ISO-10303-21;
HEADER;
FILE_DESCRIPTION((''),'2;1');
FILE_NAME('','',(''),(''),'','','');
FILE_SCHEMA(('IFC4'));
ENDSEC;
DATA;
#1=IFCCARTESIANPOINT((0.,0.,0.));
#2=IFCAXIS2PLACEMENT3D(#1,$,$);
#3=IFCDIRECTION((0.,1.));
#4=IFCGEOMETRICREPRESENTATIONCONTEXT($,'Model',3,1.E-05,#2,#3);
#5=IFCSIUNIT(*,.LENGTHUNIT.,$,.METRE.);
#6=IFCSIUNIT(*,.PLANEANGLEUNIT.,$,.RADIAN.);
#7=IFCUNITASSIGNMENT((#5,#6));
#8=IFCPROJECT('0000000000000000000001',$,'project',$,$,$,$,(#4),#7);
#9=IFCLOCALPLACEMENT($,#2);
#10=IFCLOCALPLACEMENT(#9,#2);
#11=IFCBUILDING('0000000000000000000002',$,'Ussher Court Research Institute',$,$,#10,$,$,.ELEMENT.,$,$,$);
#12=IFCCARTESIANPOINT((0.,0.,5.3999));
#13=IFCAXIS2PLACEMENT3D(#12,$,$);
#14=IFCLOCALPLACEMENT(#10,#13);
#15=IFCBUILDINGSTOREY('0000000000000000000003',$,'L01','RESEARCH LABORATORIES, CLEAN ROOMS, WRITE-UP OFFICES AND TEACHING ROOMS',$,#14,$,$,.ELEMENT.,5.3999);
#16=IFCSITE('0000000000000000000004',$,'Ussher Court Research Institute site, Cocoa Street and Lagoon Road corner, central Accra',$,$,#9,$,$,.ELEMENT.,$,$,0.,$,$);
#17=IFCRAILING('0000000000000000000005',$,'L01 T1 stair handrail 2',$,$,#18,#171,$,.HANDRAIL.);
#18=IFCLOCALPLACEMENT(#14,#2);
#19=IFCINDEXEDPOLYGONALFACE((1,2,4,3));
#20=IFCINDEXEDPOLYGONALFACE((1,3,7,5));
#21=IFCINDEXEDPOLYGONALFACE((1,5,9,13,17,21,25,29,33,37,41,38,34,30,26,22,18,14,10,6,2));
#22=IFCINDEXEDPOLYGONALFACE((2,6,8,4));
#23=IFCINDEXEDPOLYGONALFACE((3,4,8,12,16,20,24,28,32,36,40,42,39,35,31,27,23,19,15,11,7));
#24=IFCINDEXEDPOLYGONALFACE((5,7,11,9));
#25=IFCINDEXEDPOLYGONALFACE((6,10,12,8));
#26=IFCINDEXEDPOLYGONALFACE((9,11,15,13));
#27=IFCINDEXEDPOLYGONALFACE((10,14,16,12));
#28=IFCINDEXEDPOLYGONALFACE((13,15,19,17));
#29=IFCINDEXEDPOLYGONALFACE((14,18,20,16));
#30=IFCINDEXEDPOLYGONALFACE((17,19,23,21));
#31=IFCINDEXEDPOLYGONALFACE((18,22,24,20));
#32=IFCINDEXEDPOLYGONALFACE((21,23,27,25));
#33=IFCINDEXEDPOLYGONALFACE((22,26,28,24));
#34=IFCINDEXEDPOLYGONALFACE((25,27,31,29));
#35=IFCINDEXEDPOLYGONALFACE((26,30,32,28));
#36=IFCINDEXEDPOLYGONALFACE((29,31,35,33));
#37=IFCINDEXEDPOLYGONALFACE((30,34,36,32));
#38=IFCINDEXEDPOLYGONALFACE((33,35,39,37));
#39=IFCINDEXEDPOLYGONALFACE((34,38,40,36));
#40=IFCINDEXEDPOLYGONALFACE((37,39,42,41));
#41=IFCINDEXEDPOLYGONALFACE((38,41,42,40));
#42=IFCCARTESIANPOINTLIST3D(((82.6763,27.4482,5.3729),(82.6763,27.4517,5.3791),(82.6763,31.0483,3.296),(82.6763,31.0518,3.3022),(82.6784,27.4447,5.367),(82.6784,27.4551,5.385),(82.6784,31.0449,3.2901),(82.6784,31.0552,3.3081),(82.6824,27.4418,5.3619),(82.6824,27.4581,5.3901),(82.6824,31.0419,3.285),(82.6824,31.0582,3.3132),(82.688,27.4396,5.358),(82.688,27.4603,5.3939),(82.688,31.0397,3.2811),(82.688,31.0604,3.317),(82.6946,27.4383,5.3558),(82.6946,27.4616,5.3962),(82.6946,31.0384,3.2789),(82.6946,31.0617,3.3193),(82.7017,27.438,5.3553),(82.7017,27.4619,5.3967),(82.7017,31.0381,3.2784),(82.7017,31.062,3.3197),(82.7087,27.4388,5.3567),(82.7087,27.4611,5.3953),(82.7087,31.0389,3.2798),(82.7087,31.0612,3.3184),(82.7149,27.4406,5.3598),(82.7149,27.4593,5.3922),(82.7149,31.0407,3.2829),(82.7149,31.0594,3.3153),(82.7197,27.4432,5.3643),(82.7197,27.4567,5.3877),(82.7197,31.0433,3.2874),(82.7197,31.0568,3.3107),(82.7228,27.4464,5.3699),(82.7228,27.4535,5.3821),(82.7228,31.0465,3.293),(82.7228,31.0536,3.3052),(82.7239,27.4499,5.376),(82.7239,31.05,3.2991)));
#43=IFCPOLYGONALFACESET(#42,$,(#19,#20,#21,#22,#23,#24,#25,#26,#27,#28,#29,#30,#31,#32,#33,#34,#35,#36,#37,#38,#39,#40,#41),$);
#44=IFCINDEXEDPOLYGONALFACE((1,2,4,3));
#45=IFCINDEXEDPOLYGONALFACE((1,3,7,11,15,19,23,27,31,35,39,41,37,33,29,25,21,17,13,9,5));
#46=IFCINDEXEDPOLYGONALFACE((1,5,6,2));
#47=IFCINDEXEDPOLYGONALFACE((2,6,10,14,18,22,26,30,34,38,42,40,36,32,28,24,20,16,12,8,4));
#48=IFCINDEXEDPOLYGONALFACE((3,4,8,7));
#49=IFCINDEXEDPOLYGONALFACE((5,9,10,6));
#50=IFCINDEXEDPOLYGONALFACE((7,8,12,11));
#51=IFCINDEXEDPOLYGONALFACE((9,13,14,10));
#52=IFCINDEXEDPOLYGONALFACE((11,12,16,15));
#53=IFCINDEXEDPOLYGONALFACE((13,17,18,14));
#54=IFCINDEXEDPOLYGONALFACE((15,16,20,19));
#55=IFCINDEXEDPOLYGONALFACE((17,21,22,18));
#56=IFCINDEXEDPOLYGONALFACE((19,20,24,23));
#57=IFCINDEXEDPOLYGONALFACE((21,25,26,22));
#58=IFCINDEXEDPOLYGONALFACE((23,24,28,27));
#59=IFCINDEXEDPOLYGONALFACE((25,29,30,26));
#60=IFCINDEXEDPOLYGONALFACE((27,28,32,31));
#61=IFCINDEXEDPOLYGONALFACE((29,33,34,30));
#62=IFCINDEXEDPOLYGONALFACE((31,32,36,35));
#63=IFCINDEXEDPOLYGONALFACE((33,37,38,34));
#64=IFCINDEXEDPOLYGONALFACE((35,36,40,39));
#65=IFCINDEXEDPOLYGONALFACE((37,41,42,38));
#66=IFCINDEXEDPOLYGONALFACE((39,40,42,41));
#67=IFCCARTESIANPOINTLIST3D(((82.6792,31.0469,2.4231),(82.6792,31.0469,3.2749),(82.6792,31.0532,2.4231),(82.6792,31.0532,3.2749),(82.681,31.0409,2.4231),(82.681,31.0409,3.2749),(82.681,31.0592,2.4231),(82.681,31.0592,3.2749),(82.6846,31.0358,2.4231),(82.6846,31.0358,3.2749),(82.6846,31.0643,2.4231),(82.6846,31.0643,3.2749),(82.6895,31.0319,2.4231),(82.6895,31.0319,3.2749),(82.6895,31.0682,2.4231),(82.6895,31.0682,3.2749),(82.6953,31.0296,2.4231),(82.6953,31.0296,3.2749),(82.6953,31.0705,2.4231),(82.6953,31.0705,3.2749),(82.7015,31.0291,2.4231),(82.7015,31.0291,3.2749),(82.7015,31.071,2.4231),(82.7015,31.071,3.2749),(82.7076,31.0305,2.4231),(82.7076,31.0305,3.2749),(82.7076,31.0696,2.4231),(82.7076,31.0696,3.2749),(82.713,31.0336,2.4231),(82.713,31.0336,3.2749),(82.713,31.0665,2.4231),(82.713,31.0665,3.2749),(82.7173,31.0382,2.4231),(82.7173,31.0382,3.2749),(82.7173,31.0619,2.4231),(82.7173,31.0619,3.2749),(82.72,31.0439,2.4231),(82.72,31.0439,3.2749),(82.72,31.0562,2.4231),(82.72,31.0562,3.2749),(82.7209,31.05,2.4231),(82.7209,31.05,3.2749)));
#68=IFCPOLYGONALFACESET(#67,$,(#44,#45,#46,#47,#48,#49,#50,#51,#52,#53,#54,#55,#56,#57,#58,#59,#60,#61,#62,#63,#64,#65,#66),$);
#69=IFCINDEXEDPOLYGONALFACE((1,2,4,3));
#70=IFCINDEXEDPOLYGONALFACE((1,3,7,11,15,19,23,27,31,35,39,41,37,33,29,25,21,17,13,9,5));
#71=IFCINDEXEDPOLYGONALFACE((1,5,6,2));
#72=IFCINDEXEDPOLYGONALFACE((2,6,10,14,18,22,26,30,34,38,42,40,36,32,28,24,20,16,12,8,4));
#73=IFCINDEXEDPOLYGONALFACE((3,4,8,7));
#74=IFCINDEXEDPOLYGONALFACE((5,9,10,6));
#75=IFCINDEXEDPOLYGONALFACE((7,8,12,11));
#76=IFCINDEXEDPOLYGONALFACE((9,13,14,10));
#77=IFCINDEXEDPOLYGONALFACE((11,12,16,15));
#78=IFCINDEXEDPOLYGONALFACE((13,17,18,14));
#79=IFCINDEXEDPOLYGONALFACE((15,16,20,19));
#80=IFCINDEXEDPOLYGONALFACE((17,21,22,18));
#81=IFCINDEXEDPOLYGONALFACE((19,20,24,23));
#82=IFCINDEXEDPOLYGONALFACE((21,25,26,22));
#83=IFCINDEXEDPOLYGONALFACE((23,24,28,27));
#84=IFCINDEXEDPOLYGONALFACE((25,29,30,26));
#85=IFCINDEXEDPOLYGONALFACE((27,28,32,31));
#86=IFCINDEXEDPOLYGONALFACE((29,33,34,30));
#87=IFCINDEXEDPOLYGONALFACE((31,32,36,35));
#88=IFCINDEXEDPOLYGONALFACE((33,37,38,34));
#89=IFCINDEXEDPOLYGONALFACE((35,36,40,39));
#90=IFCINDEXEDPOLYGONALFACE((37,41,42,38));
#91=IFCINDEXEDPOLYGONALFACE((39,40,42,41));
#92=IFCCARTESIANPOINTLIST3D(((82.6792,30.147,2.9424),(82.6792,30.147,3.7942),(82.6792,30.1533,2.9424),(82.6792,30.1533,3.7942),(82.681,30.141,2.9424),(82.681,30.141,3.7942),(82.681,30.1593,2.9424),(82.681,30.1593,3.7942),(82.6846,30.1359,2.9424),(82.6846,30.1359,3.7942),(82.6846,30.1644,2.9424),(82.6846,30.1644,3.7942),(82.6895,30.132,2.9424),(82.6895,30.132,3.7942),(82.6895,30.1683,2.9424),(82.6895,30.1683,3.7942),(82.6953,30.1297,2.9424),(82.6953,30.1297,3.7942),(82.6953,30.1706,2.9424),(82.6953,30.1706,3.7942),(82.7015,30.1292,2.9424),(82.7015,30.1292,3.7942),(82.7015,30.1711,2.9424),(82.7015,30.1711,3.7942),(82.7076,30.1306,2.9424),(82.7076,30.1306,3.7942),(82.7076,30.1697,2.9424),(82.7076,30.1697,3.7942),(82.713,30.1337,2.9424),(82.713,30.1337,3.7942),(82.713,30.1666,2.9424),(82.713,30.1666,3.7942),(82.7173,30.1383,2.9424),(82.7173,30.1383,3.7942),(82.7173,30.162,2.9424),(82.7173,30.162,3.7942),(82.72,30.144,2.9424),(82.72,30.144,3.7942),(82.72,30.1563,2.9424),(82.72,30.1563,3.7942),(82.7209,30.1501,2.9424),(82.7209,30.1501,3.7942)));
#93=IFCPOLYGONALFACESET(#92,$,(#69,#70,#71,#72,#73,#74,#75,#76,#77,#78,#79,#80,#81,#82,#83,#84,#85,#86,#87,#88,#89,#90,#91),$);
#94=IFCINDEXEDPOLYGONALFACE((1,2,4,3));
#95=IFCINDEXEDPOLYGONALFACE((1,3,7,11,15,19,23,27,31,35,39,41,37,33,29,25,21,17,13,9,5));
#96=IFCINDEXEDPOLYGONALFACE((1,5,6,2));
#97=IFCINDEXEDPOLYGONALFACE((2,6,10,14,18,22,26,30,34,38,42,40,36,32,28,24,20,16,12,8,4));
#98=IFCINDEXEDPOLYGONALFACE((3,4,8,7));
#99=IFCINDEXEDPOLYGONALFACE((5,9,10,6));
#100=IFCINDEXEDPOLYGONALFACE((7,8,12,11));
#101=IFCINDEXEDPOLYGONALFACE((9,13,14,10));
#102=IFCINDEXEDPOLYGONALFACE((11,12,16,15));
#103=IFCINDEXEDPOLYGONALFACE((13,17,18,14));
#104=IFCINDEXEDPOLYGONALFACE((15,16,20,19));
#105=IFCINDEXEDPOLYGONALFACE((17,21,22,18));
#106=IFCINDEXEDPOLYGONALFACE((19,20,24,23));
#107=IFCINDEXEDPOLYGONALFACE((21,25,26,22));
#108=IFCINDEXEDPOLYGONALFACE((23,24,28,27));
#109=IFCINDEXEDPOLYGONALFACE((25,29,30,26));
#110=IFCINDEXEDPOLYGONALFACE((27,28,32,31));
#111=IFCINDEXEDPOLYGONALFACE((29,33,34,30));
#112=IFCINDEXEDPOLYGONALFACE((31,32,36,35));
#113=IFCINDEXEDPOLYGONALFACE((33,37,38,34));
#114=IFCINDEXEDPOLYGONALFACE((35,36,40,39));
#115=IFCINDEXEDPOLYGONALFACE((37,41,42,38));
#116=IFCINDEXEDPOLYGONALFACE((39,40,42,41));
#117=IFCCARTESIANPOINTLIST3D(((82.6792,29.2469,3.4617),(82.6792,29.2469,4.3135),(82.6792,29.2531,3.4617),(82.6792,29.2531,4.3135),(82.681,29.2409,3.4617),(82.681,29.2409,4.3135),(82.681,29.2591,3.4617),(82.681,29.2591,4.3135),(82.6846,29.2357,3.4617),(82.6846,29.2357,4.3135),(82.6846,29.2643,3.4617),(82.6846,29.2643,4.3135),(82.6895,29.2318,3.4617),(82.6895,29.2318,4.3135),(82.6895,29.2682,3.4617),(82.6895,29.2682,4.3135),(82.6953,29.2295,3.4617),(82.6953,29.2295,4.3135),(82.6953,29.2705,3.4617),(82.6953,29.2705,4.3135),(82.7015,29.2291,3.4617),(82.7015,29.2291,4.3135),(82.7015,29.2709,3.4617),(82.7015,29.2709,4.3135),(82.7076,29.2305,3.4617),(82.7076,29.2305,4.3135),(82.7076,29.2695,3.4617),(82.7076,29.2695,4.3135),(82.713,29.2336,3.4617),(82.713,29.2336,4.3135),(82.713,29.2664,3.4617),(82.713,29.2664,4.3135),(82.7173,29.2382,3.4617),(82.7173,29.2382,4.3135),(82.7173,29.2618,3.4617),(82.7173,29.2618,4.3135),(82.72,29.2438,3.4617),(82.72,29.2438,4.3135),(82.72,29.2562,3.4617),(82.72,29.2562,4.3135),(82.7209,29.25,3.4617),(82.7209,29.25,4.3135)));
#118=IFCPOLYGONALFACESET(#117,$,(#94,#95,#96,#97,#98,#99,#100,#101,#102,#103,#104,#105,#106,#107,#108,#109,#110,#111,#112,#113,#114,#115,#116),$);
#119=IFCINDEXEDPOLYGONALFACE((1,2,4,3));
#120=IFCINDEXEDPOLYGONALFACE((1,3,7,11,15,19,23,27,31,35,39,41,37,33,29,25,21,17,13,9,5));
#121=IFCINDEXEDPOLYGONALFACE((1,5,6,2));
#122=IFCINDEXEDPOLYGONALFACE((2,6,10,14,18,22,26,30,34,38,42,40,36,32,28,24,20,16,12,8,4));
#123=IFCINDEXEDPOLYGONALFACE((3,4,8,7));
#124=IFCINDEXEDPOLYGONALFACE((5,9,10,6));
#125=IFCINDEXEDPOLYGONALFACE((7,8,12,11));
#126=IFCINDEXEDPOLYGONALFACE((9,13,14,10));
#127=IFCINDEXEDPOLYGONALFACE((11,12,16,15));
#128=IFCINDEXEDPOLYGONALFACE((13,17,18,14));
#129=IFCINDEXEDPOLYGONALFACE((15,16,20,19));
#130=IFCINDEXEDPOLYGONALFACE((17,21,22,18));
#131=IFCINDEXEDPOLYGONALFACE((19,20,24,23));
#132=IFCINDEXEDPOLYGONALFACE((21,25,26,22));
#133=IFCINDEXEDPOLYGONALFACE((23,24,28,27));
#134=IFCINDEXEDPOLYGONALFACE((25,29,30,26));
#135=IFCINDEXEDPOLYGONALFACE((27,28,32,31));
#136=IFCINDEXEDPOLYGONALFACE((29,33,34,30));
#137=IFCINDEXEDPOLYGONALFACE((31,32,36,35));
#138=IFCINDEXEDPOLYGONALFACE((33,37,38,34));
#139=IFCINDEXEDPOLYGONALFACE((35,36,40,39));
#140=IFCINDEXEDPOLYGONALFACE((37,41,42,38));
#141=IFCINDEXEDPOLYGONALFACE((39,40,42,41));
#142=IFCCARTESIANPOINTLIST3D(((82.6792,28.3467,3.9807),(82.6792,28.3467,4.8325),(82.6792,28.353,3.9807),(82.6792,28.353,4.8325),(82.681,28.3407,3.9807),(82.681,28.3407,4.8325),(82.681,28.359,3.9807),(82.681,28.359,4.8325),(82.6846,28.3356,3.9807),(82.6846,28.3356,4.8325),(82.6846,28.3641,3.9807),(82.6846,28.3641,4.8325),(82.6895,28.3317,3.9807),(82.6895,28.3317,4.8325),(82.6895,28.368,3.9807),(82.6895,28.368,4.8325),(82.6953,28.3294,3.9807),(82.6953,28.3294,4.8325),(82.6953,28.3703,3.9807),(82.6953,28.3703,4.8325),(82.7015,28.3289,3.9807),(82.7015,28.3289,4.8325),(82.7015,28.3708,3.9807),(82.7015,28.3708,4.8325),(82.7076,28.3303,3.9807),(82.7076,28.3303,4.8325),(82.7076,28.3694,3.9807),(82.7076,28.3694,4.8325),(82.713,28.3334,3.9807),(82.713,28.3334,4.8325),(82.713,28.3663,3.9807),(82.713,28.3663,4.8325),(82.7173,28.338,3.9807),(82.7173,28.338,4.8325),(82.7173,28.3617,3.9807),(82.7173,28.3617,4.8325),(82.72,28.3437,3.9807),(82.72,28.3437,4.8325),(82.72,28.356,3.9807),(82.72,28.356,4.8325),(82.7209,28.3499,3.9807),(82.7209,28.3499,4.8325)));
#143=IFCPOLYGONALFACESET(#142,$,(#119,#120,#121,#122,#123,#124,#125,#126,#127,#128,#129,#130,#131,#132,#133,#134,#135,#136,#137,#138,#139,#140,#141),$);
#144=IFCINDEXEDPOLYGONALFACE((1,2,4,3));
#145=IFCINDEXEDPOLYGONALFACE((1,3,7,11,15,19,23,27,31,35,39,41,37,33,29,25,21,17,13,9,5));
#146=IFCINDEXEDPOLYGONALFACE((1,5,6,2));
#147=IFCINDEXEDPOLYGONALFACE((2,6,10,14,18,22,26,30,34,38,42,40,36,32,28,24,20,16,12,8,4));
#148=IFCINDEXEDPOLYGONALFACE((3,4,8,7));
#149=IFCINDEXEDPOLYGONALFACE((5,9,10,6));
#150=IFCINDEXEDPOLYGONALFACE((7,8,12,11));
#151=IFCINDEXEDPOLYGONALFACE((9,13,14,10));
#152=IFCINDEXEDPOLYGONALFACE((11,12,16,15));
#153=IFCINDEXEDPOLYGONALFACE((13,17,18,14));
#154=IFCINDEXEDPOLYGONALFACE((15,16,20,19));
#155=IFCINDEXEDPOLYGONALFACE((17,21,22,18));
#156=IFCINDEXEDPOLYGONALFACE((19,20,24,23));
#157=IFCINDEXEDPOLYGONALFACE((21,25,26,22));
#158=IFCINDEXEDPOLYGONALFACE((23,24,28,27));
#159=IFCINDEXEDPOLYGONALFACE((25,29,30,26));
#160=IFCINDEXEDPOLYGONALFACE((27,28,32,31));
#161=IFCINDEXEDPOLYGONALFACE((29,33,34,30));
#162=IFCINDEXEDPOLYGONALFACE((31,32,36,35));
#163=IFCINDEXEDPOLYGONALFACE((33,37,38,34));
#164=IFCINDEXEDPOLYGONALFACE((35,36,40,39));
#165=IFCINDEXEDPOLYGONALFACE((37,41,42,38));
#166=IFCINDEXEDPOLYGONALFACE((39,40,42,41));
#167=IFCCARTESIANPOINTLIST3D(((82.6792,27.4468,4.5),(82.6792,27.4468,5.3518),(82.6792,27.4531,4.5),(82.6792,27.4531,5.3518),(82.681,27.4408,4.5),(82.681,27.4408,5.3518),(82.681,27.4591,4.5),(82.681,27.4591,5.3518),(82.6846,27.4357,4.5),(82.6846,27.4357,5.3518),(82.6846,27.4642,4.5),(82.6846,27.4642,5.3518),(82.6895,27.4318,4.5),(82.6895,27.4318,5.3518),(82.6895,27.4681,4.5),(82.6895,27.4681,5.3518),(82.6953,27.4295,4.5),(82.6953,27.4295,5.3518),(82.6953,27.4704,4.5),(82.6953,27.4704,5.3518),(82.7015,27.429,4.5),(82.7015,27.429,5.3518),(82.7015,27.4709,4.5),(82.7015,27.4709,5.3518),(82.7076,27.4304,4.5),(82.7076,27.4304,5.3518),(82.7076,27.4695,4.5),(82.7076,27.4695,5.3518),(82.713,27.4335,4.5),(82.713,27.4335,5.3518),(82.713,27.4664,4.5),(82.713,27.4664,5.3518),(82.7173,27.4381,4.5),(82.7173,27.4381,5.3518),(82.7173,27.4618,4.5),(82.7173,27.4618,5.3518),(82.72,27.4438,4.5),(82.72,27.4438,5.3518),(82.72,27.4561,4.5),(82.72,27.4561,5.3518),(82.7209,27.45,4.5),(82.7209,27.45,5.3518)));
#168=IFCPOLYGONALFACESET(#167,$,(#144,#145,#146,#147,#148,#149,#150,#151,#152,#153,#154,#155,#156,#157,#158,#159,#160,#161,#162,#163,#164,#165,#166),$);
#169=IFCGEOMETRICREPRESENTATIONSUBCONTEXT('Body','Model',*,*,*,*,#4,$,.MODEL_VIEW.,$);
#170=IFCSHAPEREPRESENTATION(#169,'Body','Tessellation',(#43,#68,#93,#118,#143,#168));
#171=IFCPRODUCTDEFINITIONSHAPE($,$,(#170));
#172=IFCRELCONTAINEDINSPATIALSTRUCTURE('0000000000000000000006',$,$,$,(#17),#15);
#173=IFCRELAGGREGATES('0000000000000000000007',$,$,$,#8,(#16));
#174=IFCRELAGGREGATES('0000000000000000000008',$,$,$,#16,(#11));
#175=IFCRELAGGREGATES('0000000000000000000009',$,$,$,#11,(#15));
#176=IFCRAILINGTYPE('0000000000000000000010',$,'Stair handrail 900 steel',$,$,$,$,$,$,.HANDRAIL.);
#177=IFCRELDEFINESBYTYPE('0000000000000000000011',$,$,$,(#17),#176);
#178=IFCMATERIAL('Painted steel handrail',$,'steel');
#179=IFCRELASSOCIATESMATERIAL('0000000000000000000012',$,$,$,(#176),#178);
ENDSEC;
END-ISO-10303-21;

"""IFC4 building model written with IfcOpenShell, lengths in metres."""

from ifc_helpers import new_model, si_unit, direction, frame, origin, origin_2d, place, context, subcontext, project, spatial, circle, extrude, material, type_object, element, save


model = new_model("IFC4")

# Units and contexts
model_context = context("Model", 3, precision=1e-05, world=origin(), true_north=direction((0.0, 1.0)))
body_context = subcontext(model_context, "Body", "Model", "MODEL_VIEW")
ifc_project = project(units=[si_unit("LENGTHUNIT", "METRE"), si_unit("PLANEANGLEUNIT", "RADIAN")], contexts=[model_context])

# Site, building, storey
site_placement = place(None, origin())
site = spatial("IfcSite", under=ifc_project, at=site_placement, Name="Ussher Court Research Institute site, Cocoa Street and Lagoon Road corner, central Accra", CompositionType="ELEMENT", RefElevation=0.0)
building_placement = place(site_placement, origin())
building = spatial("IfcBuilding", under=site, at=building_placement, Name="Ussher Court Research Institute", CompositionType="ELEMENT")
storey_placement = place(building_placement, frame((0.0, 0.0, 5.3999)))
storey = spatial("IfcBuildingStorey", under=building, at=storey_placement, Name="L01", Description="RESEARCH LABORATORIES, CLEAN ROOMS, WRITE-UP OFFICES AND TEACHING ROOMS", CompositionType="ELEMENT", Elevation=5.3999)

# Railing
ifc_material_1 = material(Name="Painted steel handrail", Category="steel")
railing_type = type_object("IfcRailingType", Name="Stair handrail 900 steel", PredefinedType="HANDRAIL", material=ifc_material_1)
railing_placement = place(storey_placement, frame((82.7, 31.05, 2.4231)))
element("IfcRailing", 1, at=railing_placement, inside=storey, type_object=railing_type, Name="L01 T1 stair handrail 2", PredefinedType="HANDRAIL", context=body_context, shape_type="SweptSolid", body=[
    extrude(circle(Radius=0.0239, at=origin_2d()), frame((0.0, 0.0, 0.876), z_axis=(0.0, -0.866193, 0.499709), x_axis=(1.0, 0.0, 0.0)), (0.0, 0.0, 1.0), 4.1562),
    extrude(circle(Radius=0.021, at=origin_2d()), origin(), (0.0, 0.0, 1.0), 0.8518),
    extrude(circle(Radius=0.021, at=origin_2d()), frame((0.0, -0.8999, 0.5193)), (0.0, 0.0, 1.0), 0.8518),
    extrude(circle(Radius=0.021, at=origin_2d()), frame((0.0, -1.8, 1.0386)), (0.0, 0.0, 1.0), 0.8518),
    extrude(circle(Radius=0.021, at=origin_2d()), frame((0.0, -2.7002, 1.5576)), (0.0, 0.0, 1.0), 0.8518),
    extrude(circle(Radius=0.021, at=origin_2d()), frame((0.0, -3.6001, 2.0769)), (0.0, 0.0, 1.0), 0.8518),
])

save(model, "model.ifc")
